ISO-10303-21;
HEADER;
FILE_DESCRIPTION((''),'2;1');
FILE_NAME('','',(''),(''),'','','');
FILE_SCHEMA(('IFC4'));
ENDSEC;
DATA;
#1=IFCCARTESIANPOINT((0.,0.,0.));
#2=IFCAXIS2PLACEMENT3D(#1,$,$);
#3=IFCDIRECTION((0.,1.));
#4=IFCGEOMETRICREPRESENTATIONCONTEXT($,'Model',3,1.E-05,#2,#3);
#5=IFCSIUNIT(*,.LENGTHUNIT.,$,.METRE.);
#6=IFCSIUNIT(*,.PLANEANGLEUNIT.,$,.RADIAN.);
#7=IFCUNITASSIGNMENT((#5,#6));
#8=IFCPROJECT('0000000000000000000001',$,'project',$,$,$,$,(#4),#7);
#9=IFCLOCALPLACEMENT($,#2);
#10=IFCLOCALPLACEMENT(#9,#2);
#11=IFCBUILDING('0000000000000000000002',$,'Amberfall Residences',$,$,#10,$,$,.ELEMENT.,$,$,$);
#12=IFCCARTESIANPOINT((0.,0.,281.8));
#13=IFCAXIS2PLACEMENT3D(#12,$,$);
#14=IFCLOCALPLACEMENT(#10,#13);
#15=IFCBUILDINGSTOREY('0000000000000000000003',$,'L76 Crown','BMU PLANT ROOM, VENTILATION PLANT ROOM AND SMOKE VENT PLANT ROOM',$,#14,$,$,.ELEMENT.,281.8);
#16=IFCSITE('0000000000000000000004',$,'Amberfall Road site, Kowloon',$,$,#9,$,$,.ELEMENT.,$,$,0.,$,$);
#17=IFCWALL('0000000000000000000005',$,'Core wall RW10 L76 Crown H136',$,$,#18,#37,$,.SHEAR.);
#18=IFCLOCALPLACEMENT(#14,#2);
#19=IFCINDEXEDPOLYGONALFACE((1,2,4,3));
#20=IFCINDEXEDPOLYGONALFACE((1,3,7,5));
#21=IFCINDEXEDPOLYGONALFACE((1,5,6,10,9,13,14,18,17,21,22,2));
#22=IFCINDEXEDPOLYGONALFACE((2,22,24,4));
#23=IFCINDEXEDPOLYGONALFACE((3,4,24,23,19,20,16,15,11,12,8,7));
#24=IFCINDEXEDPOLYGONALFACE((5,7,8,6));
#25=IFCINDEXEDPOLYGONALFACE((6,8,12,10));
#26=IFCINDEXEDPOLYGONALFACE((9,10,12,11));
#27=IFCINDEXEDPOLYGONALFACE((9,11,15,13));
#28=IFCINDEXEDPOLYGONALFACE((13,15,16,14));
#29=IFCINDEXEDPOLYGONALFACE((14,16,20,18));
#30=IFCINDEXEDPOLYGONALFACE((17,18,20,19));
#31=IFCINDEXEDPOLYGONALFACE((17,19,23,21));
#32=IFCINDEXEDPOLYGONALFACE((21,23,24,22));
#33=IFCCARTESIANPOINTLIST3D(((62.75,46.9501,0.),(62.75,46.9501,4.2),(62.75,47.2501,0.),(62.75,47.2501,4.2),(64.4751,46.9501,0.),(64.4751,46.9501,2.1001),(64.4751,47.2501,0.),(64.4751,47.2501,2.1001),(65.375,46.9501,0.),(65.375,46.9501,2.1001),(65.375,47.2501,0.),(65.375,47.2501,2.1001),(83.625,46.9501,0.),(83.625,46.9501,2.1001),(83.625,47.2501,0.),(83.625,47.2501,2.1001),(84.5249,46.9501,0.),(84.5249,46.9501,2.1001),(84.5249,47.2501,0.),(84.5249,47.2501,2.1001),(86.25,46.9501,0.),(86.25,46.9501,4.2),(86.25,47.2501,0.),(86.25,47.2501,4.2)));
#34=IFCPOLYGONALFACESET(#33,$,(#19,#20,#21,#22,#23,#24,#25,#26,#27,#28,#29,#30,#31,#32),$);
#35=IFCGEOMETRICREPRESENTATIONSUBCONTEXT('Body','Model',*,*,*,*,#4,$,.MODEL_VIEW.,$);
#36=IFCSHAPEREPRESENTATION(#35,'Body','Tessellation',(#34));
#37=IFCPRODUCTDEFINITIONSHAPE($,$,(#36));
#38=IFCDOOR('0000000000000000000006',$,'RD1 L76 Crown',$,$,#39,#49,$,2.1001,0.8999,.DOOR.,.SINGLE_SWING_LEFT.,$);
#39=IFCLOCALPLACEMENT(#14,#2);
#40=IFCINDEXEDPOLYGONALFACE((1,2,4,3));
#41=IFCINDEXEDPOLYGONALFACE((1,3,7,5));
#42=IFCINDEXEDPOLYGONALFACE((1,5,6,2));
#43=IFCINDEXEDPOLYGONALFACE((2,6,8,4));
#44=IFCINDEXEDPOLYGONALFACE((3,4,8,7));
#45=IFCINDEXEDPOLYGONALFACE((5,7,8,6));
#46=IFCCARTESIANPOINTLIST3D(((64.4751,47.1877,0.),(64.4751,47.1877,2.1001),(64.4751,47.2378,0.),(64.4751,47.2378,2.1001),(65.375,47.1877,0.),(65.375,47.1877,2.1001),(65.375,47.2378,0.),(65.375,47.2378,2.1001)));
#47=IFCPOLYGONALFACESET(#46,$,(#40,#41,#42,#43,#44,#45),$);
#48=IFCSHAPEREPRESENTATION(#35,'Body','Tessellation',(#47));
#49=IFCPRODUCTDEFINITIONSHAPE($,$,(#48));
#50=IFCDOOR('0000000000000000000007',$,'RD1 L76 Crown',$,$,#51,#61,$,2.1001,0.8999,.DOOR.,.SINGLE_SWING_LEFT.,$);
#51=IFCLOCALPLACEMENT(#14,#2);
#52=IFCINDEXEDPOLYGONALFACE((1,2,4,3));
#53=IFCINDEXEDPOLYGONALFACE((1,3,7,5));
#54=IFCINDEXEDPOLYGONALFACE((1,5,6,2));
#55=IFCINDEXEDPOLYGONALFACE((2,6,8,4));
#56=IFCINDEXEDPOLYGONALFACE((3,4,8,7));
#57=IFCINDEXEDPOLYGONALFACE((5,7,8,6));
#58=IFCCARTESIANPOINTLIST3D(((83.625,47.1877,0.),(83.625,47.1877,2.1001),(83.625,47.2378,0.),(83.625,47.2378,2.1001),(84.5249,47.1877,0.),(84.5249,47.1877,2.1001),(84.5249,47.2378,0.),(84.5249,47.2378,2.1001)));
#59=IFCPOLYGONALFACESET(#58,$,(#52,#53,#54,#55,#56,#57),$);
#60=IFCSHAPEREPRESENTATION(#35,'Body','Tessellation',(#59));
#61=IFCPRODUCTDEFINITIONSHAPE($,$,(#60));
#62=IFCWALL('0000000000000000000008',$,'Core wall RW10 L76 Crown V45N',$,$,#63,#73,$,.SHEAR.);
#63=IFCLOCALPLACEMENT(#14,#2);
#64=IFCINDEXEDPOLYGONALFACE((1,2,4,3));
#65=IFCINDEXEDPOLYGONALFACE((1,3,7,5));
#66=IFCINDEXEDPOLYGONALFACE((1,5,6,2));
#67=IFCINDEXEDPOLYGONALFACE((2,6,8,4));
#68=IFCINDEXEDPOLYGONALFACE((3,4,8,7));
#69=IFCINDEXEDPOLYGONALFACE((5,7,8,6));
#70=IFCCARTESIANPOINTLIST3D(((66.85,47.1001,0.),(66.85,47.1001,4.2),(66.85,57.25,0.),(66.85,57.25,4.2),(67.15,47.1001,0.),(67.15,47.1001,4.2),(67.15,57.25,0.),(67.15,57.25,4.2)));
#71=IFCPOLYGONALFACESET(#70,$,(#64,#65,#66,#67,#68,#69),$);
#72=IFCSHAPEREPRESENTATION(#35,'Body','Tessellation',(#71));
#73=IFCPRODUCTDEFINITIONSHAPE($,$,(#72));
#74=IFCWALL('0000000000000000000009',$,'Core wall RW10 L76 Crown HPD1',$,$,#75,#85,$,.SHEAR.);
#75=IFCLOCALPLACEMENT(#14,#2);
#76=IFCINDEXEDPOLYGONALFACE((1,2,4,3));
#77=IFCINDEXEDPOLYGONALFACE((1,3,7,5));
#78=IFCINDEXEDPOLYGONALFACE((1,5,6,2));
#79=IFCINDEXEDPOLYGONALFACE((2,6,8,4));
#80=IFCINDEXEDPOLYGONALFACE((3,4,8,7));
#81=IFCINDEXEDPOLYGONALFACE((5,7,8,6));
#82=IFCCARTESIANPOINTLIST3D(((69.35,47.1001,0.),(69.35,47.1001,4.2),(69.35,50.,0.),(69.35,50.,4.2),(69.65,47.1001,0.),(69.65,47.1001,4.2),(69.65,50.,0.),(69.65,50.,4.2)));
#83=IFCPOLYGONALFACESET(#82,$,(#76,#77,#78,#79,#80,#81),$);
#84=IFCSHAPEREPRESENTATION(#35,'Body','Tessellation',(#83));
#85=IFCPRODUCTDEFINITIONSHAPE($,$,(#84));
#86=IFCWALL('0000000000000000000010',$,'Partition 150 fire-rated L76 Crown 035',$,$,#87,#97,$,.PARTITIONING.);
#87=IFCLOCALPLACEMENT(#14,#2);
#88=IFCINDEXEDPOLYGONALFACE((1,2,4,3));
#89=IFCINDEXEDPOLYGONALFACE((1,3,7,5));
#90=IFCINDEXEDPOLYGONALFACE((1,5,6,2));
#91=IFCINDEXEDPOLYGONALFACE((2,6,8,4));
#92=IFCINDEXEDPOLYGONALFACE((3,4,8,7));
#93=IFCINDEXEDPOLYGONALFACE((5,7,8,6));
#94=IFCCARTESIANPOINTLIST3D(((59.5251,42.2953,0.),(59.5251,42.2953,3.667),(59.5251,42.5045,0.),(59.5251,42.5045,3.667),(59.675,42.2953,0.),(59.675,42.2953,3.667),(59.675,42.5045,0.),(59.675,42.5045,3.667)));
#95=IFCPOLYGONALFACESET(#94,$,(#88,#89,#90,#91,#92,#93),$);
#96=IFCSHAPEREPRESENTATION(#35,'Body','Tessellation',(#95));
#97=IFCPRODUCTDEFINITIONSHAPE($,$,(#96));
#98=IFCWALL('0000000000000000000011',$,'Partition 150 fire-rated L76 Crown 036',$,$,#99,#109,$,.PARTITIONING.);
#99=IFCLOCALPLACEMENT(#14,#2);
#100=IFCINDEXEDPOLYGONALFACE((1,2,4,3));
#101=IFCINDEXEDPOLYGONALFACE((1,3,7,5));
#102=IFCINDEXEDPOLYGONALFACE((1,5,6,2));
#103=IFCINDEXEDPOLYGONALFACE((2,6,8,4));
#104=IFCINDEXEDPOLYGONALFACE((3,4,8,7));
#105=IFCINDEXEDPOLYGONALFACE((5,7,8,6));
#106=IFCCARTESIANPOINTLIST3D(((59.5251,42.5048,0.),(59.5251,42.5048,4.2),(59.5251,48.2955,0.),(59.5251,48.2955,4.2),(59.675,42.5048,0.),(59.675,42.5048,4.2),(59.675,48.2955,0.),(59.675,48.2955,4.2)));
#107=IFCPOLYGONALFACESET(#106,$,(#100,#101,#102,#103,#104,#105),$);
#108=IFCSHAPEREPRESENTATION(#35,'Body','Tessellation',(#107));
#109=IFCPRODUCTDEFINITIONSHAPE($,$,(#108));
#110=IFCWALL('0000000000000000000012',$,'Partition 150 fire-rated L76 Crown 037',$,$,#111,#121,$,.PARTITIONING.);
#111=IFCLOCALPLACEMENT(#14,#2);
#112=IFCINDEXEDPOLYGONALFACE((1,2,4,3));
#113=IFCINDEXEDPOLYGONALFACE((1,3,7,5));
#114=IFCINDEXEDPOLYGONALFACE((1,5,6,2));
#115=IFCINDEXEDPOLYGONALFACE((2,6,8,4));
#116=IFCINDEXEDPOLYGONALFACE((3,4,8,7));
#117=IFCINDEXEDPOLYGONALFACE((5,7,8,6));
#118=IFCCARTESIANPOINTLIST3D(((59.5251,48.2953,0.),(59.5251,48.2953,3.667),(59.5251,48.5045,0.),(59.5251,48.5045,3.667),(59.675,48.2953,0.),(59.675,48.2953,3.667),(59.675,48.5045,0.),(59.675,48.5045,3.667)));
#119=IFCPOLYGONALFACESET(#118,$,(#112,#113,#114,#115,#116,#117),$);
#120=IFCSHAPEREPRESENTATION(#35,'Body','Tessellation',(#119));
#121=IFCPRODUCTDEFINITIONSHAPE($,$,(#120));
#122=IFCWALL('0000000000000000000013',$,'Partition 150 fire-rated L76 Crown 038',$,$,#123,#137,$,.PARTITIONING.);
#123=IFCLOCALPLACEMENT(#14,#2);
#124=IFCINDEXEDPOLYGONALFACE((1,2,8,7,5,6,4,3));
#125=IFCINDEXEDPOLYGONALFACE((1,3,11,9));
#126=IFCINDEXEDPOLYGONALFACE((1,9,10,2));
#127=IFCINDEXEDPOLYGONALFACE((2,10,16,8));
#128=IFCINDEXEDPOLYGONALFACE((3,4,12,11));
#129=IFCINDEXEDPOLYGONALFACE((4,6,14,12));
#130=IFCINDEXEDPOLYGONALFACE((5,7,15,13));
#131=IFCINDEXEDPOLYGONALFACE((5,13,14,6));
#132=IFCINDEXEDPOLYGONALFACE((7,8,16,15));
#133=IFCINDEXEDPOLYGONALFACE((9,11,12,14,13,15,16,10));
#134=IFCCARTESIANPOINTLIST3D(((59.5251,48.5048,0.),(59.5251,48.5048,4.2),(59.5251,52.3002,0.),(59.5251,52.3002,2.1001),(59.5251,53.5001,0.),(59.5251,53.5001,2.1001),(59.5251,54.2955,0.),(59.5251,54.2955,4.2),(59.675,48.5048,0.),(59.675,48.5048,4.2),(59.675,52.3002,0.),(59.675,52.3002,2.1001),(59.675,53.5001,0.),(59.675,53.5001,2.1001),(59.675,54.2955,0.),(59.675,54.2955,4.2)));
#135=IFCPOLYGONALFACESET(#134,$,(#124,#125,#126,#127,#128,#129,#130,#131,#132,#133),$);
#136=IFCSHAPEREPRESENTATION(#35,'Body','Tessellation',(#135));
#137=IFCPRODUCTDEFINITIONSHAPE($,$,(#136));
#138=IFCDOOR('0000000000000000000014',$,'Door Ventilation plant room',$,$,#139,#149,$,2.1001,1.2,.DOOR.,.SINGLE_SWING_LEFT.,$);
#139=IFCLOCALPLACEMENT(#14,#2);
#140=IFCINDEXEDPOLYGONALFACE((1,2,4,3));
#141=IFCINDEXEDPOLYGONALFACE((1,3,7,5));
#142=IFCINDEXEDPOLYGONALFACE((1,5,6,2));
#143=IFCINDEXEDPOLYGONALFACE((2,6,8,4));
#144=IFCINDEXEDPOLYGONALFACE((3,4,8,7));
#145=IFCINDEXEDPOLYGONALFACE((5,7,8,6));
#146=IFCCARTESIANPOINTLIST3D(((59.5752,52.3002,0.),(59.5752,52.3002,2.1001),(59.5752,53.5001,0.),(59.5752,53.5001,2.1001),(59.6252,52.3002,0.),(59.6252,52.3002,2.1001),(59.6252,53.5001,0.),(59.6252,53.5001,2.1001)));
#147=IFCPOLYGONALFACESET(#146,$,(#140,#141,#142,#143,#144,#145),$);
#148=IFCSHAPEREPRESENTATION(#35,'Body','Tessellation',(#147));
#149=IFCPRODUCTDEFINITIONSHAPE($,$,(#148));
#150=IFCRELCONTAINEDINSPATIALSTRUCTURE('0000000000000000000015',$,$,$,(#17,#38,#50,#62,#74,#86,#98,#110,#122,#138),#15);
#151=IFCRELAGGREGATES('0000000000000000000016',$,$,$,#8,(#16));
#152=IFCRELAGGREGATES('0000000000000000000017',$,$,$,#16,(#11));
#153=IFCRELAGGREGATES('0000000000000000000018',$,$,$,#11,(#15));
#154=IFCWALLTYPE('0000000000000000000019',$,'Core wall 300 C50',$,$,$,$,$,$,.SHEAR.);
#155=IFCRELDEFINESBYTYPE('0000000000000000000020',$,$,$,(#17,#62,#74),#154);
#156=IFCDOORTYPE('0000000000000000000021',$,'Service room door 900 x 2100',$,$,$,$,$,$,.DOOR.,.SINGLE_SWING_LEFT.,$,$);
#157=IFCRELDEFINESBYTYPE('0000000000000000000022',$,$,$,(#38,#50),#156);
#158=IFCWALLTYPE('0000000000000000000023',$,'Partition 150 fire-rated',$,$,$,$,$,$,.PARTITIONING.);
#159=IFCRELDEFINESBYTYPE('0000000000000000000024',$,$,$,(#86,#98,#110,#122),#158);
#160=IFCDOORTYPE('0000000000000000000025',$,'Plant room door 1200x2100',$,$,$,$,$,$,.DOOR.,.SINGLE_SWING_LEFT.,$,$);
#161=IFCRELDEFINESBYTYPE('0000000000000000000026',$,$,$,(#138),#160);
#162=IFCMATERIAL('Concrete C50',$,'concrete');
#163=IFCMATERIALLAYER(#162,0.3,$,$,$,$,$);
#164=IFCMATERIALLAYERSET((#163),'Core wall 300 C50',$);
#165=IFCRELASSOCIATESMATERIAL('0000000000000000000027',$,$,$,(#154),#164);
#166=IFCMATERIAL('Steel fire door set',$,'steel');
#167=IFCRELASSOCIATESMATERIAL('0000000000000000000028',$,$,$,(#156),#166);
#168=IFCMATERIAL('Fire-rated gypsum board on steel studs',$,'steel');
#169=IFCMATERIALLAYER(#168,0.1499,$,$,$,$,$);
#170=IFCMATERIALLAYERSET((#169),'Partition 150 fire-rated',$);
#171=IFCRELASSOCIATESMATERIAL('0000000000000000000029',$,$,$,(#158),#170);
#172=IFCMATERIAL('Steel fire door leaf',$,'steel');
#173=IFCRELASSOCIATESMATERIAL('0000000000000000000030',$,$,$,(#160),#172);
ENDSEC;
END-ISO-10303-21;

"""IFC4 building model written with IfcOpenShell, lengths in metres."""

from ifc_helpers import new_model, si_unit, direction, frame, frame_2d, origin, place, context, subcontext, project, spatial, rectangle, extrude, material, layer, layer_set, type_object, element, fill, save


model = new_model("IFC4")

# Units and contexts
model_context = context("Model", 3, precision=1e-05, world=origin(), true_north=direction((0.0, 1.0)))
body_context = subcontext(model_context, "Body", "Model", "MODEL_VIEW")
ifc_project = project(units=[si_unit("LENGTHUNIT", "METRE"), si_unit("PLANEANGLEUNIT", "RADIAN")], contexts=[model_context])

# Site, building, storey
site_placement = place(None, origin())
site = spatial("IfcSite", under=ifc_project, at=site_placement, Name="Amberfall Road site, Kowloon", CompositionType="ELEMENT", RefElevation=0.0)
building_placement = place(site_placement, origin())
building = spatial("IfcBuilding", under=site, at=building_placement, Name="Amberfall Residences", CompositionType="ELEMENT")
storey_placement = place(building_placement, frame((0.0, 0.0, 281.8)))
storey = spatial("IfcBuildingStorey", under=building, at=storey_placement, Name="L76 Crown", Description="BMU PLANT ROOM, VENTILATION PLANT ROOM AND SMOKE VENT PLANT ROOM", CompositionType="ELEMENT", Elevation=281.8)

# Wall, openings, doors
ifc_material_1 = material(Name="Concrete C50", Category="concrete")
ifc_layer_1 = layer(ifc_material_1, 0.3)
ifc_layer_set_1 = layer_set([ifc_layer_1], Name="Core wall 300 C50")
wall_type_1 = type_object("IfcWallType", Name="Core wall 300 C50", PredefinedType="SHEAR", material=ifc_layer_set_1)
ifc_material_2 = material(Name="Steel fire door set", Category="steel")
door_type_1 = type_object("IfcDoorType", Name="Service room door 900 x 2100", OperationType="SINGLE_SWING_LEFT", PredefinedType="DOOR", material=ifc_material_2)
wall_1_placement = place(storey_placement, frame((62.75, 47.1001, 0.0), z_axis=(0.0, 0.0, 1.0), x_axis=(1.0, 0.0, 0.0)))
wall_1 = element("IfcWall", 1, at=wall_1_placement, inside=storey, type_object=wall_type_1, Name="Core wall RW10 L76 Crown H136", PredefinedType="SHEAR", context=body_context, shape_type="SweptSolid", body=[
    extrude(rectangle(XDim=23.5, YDim=0.3, at=frame_2d((11.75, 0.0))), origin(), (0.0, 0.0, 1.0), 4.2),
])
opening_1_placement = place(wall_1_placement, frame((1.7251, 0.0, 0.0)))
opening_1 = element("IfcOpeningElement", 2, at=opening_1_placement, cuts=wall_1, PredefinedType="OPENING", context=body_context, shape_type="SweptSolid", body=[
    extrude(rectangle(XDim=0.8999, YDim=2.1001, at=frame_2d((0.45, 1.05))), frame((0.0, 0.1599, 0.0), z_axis=(0.0, -1.0, 0.0), x_axis=(1.0, 0.0, 0.0)), (0.0, 0.0, 1.0), 0.3201),
])
opening_2_placement = place(wall_1_placement, frame((20.875, 0.0, 0.0)))
opening_2 = element("IfcOpeningElement", 3, at=opening_2_placement, cuts=wall_1, PredefinedType="OPENING", context=body_context, shape_type="SweptSolid", body=[
    extrude(rectangle(XDim=0.8999, YDim=2.1001, at=frame_2d((0.45, 1.05))), frame((0.0, 0.1599, 0.0), z_axis=(0.0, -1.0, 0.0), x_axis=(1.0, 0.0, 0.0)), (0.0, 0.0, 1.0), 0.3201),
])
door_1_placement = place(opening_1_placement, origin())
door_1 = element("IfcDoor", 4, at=door_1_placement, inside=storey, type_object=door_type_1, Name="RD1 L76 Crown", OperationType="SINGLE_SWING_LEFT", OverallHeight=2.1001, OverallWidth=0.8999, PredefinedType="DOOR", context=body_context, shape_type="SweptSolid", body=[
    extrude(rectangle(XDim=0.8999, YDim=2.1001, at=frame_2d((0.45, 1.05))), frame((0.0, 0.1377, 0.0), z_axis=(0.0, -1.0, 0.0), x_axis=(1.0, 0.0, 0.0)), (0.0, 0.0, 1.0), 0.05),
])
fill(opening_1, door_1)
door_2_placement = place(opening_2_placement, origin())
door_2 = element("IfcDoor", 5, at=door_2_placement, inside=storey, type_object=door_type_1, Name="RD1 L76 Crown", OperationType="SINGLE_SWING_LEFT", OverallHeight=2.1001, OverallWidth=0.8999, PredefinedType="DOOR", context=body_context, shape_type="SweptSolid", body=[
    extrude(rectangle(XDim=0.8999, YDim=2.1001, at=frame_2d((0.45, 1.05))), frame((0.0, 0.1377, 0.0), z_axis=(0.0, -1.0, 0.0), x_axis=(1.0, 0.0, 0.0)), (0.0, 0.0, 1.0), 0.05),
])
fill(opening_2, door_2)

# Walls
wall_2_placement = place(storey_placement, frame((67.0, 47.1001, 0.0), z_axis=(0.0, 0.0, 1.0), x_axis=(0.0, 1.0, 0.0)))
element("IfcWall", 6, at=wall_2_placement, inside=storey, type_object=wall_type_1, Name="Core wall RW10 L76 Crown V45N", PredefinedType="SHEAR", context=body_context, shape_type="SweptSolid", body=[
    extrude(rectangle(XDim=10.1499, YDim=0.3, at=frame_2d((5.075, 0.0))), origin(), (0.0, 0.0, 1.0), 4.2),
])
wall_3_placement = place(storey_placement, frame((69.5, 47.1001, 0.0), z_axis=(0.0, 0.0, 1.0), x_axis=(0.0, 1.0, 0.0)))
element("IfcWall", 7, at=wall_3_placement, inside=storey, type_object=wall_type_1, Name="Core wall RW10 L76 Crown HPD1", PredefinedType="SHEAR", context=body_context, shape_type="SweptSolid", body=[
    extrude(rectangle(XDim=2.8999, YDim=0.3, at=frame_2d((1.45, 0.0))), origin(), (0.0, 0.0, 1.0), 4.2),
])
ifc_material_3 = material(Name="Fire-rated gypsum board on steel studs", Category="steel")
ifc_layer_2 = layer(ifc_material_3, 0.1499)
ifc_layer_set_2 = layer_set([ifc_layer_2], Name="Partition 150 fire-rated")
wall_type_2 = type_object("IfcWallType", Name="Partition 150 fire-rated", PredefinedType="PARTITIONING", material=ifc_layer_set_2)
wall_4_placement = place(storey_placement, frame((59.6001, 42.2954, 0.0), z_axis=(0.0, 0.0, 1.0), x_axis=(0.0, 1.0, 0.0)))
element("IfcWall", 8, at=wall_4_placement, inside=storey, type_object=wall_type_2, Name="Partition 150 fire-rated L76 Crown 035", PredefinedType="PARTITIONING", context=body_context, shape_type="SweptSolid", body=[
    extrude(rectangle(XDim=0.2092, YDim=0.1499, at=frame_2d((0.1045, 0.0))), origin(), (0.0, 0.0, 1.0), 3.667),
])
wall_5_placement = place(storey_placement, frame((59.6001, 42.5046, 0.0), z_axis=(0.0, 0.0, 1.0), x_axis=(0.0, 1.0, 0.0)))
element("IfcWall", 9, at=wall_5_placement, inside=storey, type_object=wall_type_2, Name="Partition 150 fire-rated L76 Crown 036", PredefinedType="PARTITIONING", context=body_context, shape_type="SweptSolid", body=[
    extrude(rectangle(XDim=5.7908, YDim=0.1499, at=frame_2d((2.8955, 0.0))), origin(), (0.0, 0.0, 1.0), 4.2),
])
wall_6_placement = place(storey_placement, frame((59.6001, 48.2954, 0.0), z_axis=(0.0, 0.0, 1.0), x_axis=(0.0, 1.0, 0.0)))
element("IfcWall", 10, at=wall_6_placement, inside=storey, type_object=wall_type_2, Name="Partition 150 fire-rated L76 Crown 037", PredefinedType="PARTITIONING", context=body_context, shape_type="SweptSolid", body=[
    extrude(rectangle(XDim=0.2092, YDim=0.1499, at=frame_2d((0.1045, 0.0))), origin(), (0.0, 0.0, 1.0), 3.667),
])

# Wall, opening, door
wall_7_placement = place(storey_placement, frame((59.6001, 48.5046, 0.0), z_axis=(0.0, 0.0, 1.0), x_axis=(0.0, 1.0, 0.0)))
wall_7 = element("IfcWall", 11, at=wall_7_placement, inside=storey, type_object=wall_type_2, Name="Partition 150 fire-rated L76 Crown 038", PredefinedType="PARTITIONING", context=body_context, shape_type="SweptSolid", body=[
    extrude(rectangle(XDim=5.7908, YDim=0.1499, at=frame_2d((2.8955, 0.0))), origin(), (0.0, 0.0, 1.0), 4.2),
])
opening_3_placement = place(wall_7_placement, frame((3.7954, 0.0, 0.0)))
opening_3 = element("IfcOpeningElement", 12, at=opening_3_placement, cuts=wall_7, PredefinedType="OPENING", context=body_context, shape_type="SweptSolid", body=[
    extrude(rectangle(XDim=1.2, YDim=2.1001, at=frame_2d((0.6001, 1.05))), frame((0.0, 0.085, 0.0), z_axis=(0.0, -1.0, 0.0), x_axis=(1.0, 0.0, 0.0)), (0.0, 0.0, 1.0), 0.1699),
])
ifc_material_4 = material(Name="Steel fire door leaf", Category="steel")
door_type_2 = type_object("IfcDoorType", Name="Plant room door 1200x2100", OperationType="SINGLE_SWING_LEFT", PredefinedType="DOOR", material=ifc_material_4)
door_3_placement = place(opening_3_placement, origin())
door_3 = element("IfcDoor", 13, at=door_3_placement, inside=storey, type_object=door_type_2, Name="Door Ventilation plant room", OperationType="SINGLE_SWING_LEFT", OverallHeight=2.1001, OverallWidth=1.2, PredefinedType="DOOR", context=body_context, shape_type="SweptSolid", body=[
    extrude(rectangle(XDim=1.2, YDim=2.1001, at=frame_2d((0.6001, 1.05))), frame((0.0, 0.0249, 0.0), z_axis=(0.0, -1.0, 0.0), x_axis=(1.0, 0.0, 0.0)), (0.0, 0.0, 1.0), 0.05),
])
fill(opening_3, door_3)

save(model, "model.ifc")
